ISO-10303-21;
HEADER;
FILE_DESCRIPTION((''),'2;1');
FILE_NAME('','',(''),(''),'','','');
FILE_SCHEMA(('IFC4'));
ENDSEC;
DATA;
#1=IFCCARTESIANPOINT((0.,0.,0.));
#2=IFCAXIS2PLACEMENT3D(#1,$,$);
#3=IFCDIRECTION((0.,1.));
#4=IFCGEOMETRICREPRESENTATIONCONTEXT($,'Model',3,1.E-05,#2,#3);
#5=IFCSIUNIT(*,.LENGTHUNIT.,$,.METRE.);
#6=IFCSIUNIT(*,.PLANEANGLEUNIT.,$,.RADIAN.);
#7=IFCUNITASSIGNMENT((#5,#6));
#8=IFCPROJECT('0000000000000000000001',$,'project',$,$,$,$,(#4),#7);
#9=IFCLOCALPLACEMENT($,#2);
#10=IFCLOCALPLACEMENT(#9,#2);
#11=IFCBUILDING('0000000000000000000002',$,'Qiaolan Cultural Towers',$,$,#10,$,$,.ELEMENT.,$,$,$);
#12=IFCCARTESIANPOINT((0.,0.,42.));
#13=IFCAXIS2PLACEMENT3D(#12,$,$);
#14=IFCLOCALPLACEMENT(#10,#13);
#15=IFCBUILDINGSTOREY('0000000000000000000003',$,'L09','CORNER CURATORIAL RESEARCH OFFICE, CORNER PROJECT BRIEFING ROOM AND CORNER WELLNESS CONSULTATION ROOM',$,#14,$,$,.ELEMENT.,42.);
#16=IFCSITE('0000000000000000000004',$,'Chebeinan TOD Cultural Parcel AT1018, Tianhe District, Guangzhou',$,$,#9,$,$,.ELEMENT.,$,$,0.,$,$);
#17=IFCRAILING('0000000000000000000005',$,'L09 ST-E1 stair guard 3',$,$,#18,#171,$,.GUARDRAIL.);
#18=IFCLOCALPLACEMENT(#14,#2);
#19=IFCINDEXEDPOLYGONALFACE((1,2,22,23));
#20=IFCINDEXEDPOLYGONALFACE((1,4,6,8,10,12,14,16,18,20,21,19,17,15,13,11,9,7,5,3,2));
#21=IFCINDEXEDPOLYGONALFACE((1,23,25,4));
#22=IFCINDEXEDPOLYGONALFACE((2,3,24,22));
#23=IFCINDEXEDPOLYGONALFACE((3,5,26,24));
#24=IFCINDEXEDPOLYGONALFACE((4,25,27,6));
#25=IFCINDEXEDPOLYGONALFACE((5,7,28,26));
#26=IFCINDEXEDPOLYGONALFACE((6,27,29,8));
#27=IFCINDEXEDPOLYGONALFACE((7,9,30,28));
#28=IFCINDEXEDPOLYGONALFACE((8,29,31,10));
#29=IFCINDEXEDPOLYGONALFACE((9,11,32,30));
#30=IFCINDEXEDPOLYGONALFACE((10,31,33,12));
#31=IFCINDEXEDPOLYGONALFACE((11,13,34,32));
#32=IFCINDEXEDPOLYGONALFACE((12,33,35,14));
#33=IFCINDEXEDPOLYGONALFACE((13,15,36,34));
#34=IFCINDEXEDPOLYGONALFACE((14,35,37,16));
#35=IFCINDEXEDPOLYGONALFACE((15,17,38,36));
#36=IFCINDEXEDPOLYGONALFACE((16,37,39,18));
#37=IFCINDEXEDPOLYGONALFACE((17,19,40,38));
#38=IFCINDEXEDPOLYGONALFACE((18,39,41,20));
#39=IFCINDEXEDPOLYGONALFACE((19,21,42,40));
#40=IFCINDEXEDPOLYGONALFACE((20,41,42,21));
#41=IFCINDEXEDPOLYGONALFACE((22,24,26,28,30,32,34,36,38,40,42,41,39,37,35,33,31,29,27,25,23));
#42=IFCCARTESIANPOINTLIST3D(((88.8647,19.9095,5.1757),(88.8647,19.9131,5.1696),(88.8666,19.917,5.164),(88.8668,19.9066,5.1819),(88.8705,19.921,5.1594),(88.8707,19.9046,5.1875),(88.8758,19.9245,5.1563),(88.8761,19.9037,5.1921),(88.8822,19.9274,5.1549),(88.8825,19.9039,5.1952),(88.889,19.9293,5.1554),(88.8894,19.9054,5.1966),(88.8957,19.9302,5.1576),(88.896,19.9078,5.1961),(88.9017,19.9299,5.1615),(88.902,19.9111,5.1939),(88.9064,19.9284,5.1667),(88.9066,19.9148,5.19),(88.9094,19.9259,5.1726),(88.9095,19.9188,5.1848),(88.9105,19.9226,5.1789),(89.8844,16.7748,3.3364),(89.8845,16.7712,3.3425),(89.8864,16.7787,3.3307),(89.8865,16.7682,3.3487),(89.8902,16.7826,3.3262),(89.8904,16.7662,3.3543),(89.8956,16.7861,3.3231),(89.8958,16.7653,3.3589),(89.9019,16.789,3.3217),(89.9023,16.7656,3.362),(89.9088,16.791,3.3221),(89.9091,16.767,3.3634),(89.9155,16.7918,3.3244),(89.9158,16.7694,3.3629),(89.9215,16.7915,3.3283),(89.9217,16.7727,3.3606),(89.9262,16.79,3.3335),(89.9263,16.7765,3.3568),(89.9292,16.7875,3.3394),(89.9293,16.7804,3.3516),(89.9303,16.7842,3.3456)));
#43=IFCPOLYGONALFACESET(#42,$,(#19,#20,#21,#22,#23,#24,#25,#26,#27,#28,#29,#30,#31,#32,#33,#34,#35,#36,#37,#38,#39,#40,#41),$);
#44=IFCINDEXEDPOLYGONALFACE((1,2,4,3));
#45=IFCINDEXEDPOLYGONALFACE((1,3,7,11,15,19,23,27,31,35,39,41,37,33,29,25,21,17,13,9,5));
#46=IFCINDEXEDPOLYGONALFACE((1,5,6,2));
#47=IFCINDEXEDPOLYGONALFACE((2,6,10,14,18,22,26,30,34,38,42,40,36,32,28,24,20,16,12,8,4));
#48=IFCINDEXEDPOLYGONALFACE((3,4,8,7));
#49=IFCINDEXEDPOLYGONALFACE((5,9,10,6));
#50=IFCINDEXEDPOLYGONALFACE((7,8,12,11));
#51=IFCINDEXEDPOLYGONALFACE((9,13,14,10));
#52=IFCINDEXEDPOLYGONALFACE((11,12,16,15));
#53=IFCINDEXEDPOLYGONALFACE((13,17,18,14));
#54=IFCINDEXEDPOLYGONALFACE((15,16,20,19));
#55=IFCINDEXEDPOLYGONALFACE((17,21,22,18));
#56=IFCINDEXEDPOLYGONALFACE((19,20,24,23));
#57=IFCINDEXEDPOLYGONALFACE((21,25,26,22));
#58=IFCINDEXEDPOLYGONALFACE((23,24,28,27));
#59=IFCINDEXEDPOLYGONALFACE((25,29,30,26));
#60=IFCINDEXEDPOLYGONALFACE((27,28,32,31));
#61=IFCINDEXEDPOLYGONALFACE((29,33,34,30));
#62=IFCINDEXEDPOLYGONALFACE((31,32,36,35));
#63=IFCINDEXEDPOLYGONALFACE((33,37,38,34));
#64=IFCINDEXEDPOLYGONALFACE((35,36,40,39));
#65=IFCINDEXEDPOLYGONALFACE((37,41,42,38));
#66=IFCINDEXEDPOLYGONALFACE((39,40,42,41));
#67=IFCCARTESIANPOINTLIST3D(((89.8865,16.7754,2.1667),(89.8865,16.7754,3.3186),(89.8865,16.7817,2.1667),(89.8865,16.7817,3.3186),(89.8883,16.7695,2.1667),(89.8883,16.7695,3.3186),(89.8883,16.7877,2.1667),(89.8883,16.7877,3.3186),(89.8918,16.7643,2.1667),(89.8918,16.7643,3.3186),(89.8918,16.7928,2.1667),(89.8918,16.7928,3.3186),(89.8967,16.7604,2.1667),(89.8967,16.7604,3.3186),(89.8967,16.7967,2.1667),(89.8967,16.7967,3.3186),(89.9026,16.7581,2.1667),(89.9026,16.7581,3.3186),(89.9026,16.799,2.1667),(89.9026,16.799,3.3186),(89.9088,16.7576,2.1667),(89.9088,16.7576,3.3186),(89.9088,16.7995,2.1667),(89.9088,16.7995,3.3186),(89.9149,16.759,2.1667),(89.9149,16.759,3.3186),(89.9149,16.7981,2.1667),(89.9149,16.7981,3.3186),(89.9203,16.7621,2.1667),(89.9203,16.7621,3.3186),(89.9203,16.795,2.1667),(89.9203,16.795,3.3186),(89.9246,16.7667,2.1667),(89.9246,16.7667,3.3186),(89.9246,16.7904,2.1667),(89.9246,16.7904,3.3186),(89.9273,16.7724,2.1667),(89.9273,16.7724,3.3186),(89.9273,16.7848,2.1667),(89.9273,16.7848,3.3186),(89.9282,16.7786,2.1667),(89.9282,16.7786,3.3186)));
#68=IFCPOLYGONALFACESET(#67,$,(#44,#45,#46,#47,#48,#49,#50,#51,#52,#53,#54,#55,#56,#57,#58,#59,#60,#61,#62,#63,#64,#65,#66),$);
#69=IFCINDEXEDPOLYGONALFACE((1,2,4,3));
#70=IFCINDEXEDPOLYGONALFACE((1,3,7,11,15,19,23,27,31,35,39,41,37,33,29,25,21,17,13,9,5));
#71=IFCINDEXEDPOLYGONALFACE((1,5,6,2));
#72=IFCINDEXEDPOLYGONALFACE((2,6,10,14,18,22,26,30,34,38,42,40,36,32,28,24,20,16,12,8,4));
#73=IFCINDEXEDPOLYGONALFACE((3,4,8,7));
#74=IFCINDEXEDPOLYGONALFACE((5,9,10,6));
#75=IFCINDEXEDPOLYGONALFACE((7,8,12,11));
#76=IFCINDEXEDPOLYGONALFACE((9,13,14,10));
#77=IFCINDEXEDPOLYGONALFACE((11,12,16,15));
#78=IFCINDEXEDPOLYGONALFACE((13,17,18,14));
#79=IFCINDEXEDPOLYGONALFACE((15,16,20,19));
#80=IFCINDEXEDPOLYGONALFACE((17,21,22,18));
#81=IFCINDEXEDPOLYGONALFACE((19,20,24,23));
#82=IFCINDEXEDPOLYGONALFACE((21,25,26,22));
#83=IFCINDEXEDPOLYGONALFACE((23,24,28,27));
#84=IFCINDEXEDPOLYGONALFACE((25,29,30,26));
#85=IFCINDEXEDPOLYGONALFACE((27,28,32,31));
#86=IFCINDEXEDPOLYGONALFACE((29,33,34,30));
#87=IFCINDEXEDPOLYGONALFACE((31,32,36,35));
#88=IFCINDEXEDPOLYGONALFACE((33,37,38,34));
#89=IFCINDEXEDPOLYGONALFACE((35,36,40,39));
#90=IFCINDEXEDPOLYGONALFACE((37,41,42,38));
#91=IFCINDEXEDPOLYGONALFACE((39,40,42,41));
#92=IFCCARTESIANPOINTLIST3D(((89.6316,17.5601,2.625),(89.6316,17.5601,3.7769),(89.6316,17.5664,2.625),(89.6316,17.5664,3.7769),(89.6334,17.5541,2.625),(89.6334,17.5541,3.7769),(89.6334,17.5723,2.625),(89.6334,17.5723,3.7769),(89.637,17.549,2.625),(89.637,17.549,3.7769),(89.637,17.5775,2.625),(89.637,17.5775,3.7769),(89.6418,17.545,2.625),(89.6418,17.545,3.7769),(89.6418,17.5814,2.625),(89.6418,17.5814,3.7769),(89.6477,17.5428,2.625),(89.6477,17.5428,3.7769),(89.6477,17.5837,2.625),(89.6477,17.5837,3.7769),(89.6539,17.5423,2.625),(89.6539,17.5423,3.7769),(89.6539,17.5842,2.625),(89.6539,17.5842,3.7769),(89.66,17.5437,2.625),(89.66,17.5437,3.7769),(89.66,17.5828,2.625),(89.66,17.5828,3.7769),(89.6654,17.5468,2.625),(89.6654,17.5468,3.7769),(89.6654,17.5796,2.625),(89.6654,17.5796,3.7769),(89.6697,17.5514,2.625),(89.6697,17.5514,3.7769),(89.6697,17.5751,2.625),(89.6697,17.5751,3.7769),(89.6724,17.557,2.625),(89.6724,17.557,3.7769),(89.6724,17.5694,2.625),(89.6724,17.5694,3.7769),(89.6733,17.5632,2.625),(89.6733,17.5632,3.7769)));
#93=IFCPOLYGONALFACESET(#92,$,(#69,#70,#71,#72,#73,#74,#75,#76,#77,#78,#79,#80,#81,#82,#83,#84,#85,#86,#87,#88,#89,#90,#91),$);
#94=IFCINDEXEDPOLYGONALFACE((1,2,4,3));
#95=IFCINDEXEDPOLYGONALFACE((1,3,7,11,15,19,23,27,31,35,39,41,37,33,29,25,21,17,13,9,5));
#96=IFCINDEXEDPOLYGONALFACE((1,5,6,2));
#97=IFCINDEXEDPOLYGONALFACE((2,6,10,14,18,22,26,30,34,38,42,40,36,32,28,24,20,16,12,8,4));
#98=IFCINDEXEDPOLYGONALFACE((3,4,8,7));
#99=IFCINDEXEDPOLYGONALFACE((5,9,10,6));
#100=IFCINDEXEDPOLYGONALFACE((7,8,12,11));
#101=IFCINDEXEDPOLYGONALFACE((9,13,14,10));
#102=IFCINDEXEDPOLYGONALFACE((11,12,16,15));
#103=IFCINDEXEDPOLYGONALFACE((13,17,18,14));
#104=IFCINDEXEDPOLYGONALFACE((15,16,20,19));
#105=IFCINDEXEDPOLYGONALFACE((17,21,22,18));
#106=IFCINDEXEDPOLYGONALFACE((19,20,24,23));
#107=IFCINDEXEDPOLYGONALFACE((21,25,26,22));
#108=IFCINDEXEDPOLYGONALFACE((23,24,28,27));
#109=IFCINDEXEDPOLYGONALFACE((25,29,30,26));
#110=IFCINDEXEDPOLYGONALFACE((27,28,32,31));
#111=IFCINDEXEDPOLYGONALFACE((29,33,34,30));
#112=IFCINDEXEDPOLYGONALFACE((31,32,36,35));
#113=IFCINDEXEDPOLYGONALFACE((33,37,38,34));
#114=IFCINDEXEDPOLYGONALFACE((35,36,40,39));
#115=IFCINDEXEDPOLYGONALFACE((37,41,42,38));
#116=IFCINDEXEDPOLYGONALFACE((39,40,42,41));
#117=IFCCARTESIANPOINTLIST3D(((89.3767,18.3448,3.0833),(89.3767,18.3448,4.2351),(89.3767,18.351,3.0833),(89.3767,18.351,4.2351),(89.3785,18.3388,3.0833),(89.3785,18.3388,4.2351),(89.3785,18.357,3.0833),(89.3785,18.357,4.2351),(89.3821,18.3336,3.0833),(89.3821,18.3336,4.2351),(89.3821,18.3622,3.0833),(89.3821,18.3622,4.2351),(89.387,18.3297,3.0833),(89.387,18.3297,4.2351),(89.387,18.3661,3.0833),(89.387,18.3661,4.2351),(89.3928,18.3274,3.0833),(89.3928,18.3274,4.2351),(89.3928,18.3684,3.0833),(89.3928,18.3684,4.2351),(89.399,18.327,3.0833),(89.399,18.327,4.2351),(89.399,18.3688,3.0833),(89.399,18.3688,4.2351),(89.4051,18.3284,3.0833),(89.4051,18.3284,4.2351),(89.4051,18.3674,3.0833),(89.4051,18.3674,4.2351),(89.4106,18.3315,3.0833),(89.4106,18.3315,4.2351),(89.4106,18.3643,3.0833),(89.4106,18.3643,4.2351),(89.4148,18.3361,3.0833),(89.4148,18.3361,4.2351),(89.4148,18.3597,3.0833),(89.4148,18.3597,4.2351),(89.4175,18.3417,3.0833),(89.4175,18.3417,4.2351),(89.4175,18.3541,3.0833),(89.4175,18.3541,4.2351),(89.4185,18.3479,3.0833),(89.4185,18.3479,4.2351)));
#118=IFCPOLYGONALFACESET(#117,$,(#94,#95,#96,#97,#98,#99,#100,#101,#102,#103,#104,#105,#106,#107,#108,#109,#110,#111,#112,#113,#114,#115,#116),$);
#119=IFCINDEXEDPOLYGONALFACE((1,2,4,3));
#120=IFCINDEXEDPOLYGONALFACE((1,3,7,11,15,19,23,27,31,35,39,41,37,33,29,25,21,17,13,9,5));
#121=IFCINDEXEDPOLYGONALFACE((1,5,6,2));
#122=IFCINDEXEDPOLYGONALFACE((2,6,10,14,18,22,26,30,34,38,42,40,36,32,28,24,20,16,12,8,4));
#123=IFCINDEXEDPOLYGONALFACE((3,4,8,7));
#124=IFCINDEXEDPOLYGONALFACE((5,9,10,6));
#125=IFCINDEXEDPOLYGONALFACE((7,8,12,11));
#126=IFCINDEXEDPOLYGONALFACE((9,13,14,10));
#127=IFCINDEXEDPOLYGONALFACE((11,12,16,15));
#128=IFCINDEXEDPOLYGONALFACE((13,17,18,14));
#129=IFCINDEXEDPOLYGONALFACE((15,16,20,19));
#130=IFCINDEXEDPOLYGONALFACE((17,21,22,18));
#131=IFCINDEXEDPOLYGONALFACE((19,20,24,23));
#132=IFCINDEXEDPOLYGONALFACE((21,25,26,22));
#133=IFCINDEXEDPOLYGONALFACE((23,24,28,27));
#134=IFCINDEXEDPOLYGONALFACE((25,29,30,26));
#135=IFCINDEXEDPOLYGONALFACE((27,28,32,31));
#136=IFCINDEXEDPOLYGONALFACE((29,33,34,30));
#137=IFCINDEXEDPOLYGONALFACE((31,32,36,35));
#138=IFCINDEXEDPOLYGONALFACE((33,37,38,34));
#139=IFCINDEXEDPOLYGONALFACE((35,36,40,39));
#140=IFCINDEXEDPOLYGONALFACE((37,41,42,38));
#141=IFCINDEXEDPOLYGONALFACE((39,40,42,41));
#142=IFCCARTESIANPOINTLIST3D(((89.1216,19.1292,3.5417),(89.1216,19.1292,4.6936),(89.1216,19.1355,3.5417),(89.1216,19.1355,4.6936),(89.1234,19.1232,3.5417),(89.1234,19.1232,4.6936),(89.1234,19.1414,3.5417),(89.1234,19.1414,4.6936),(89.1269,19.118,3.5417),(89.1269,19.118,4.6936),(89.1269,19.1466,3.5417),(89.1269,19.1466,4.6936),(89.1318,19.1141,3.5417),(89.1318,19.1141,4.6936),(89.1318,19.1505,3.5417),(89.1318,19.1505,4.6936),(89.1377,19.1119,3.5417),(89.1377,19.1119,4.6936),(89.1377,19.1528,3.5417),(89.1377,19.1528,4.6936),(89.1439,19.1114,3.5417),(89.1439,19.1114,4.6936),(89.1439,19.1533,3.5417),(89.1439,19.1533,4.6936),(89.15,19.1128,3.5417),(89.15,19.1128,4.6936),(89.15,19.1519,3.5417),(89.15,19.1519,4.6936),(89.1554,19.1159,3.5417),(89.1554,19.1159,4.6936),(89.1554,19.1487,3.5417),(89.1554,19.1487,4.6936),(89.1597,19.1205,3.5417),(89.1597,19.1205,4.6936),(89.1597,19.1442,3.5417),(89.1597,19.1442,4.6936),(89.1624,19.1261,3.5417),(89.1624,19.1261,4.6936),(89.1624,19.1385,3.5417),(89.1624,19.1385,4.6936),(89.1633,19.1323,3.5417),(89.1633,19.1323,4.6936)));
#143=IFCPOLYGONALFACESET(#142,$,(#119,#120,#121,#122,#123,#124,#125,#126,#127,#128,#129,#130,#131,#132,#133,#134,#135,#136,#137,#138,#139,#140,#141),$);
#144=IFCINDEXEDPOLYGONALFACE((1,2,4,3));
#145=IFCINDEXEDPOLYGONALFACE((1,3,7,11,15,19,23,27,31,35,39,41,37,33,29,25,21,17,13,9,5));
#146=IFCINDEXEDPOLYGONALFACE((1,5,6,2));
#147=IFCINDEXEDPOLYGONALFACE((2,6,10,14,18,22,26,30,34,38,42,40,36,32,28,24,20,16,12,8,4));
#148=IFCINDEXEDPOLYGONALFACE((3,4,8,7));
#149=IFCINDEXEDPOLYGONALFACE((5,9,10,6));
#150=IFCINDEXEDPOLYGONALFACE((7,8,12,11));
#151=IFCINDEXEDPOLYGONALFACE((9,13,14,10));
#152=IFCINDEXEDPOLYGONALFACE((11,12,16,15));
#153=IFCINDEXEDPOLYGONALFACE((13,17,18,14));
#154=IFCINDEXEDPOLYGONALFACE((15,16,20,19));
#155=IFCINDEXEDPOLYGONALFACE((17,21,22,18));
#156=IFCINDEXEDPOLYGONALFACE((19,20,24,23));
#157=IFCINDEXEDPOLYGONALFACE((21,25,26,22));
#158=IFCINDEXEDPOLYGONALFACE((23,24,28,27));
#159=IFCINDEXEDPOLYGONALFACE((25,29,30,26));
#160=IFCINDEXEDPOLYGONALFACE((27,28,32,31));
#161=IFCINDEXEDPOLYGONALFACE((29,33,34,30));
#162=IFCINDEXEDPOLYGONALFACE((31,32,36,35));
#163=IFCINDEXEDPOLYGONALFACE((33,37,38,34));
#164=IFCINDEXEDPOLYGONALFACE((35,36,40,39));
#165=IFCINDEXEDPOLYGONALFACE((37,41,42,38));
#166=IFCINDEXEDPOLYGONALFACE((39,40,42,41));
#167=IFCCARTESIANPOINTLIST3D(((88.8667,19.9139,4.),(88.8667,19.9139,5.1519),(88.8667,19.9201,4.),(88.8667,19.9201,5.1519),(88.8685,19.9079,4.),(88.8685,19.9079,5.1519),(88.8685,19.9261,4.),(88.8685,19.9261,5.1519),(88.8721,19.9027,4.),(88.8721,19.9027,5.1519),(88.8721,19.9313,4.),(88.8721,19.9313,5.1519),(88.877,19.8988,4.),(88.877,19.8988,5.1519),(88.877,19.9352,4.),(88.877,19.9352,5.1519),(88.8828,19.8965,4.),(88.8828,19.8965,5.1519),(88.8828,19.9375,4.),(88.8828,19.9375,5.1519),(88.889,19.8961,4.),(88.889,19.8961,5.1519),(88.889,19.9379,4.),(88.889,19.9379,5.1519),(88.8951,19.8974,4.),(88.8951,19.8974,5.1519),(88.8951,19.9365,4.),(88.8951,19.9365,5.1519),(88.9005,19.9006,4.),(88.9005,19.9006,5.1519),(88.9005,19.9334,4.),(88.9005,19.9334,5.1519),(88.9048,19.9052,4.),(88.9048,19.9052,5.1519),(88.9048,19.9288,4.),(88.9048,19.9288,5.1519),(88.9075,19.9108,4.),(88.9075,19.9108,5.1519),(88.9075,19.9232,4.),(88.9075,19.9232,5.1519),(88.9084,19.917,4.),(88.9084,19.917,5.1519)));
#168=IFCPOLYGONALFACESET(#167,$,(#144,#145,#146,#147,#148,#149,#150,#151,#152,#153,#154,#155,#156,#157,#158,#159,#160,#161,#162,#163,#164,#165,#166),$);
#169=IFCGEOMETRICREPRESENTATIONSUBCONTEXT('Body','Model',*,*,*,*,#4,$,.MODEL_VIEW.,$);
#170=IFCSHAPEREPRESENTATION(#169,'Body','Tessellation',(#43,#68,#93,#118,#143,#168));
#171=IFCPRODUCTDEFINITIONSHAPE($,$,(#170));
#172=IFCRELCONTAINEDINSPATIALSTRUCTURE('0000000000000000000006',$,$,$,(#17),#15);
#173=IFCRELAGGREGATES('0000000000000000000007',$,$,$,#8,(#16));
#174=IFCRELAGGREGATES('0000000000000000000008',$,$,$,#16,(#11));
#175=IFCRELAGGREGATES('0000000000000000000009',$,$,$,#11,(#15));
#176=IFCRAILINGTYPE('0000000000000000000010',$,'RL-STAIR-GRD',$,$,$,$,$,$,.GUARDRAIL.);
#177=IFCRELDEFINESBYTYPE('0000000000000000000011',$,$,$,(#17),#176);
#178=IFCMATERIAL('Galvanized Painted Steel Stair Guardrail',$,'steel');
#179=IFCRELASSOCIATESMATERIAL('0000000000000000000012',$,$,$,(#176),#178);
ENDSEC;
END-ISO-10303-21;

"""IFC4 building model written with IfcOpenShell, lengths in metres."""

from ifc_helpers import new_model, si_unit, direction, frame, origin, origin_2d, place, context, subcontext, project, spatial, circle, extrude, material, type_object, element, save


model = new_model("IFC4")

# Units and contexts
model_context = context("Model", 3, precision=1e-05, world=origin(), true_north=direction((0.0, 1.0)))
body_context = subcontext(model_context, "Body", "Model", "MODEL_VIEW")
ifc_project = project(units=[si_unit("LENGTHUNIT", "METRE"), si_unit("PLANEANGLEUNIT", "RADIAN")], contexts=[model_context])

# Site, building, storey
site_placement = place(None, origin())
site = spatial("IfcSite", under=ifc_project, at=site_placement, Name="Chebeinan TOD Cultural Parcel AT1018, Tianhe District, Guangzhou", CompositionType="ELEMENT", RefElevation=0.0)
building_placement = place(site_placement, origin())
building = spatial("IfcBuilding", under=site, at=building_placement, Name="Qiaolan Cultural Towers", CompositionType="ELEMENT")
storey_placement = place(building_placement, frame((0.0, 0.0, 42.0)))
storey = spatial("IfcBuildingStorey", under=building, at=storey_placement, Name="L09", Description="CORNER CURATORIAL RESEARCH OFFICE, CORNER PROJECT BRIEFING ROOM AND CORNER WELLNESS CONSULTATION ROOM", CompositionType="ELEMENT", Elevation=42.0)

# Railing
ifc_material_1 = material(Name="Galvanized Painted Steel Stair Guardrail", Category="steel")
railing_type_1 = type_object("IfcRailingType", Name="RL-STAIR-GRD", PredefinedType="GUARDRAIL", material=ifc_material_1)
railing_1_placement = place(storey_placement, frame((89.9072, 16.7786, 2.1667)))
element("IfcRailing", 1, at=railing_1_placement, inside=storey, type_object=railing_type_1, Name="L09 ST-E1 stair guard 3", PredefinedType="GUARDRAIL", context=body_context, shape_type="SweptSolid", body=[
    extrude(circle(Radius=0.0239, at=origin_2d()), frame((0.0, 0.0, 1.1758), z_axis=(-0.270141, 0.831376, 0.485632), x_axis=(-0.951053, -0.309028, 0.0)), (0.0, 0.0, 1.0), 3.7749),
    extrude(circle(Radius=0.021, at=origin_2d()), origin(), (0.0, 0.0, 1.0), 1.1519),
    extrude(circle(Radius=0.021, at=origin_2d()), frame((-0.2549, 0.7847, 0.4583)), (0.0, 0.0, 1.0), 1.1519),
    extrude(circle(Radius=0.021, at=origin_2d()), frame((-0.5098, 1.5693, 0.9165)), (0.0, 0.0, 1.0), 1.1519),
    extrude(circle(Radius=0.021, at=origin_2d()), frame((-0.7649, 2.3538, 1.375)), (0.0, 0.0, 1.0), 1.1519),
    extrude(circle(Radius=0.021, at=origin_2d()), frame((-1.0198, 3.1384, 1.8333)), (0.0, 0.0, 1.0), 1.1519),
])

save(model, "model.ifc")
